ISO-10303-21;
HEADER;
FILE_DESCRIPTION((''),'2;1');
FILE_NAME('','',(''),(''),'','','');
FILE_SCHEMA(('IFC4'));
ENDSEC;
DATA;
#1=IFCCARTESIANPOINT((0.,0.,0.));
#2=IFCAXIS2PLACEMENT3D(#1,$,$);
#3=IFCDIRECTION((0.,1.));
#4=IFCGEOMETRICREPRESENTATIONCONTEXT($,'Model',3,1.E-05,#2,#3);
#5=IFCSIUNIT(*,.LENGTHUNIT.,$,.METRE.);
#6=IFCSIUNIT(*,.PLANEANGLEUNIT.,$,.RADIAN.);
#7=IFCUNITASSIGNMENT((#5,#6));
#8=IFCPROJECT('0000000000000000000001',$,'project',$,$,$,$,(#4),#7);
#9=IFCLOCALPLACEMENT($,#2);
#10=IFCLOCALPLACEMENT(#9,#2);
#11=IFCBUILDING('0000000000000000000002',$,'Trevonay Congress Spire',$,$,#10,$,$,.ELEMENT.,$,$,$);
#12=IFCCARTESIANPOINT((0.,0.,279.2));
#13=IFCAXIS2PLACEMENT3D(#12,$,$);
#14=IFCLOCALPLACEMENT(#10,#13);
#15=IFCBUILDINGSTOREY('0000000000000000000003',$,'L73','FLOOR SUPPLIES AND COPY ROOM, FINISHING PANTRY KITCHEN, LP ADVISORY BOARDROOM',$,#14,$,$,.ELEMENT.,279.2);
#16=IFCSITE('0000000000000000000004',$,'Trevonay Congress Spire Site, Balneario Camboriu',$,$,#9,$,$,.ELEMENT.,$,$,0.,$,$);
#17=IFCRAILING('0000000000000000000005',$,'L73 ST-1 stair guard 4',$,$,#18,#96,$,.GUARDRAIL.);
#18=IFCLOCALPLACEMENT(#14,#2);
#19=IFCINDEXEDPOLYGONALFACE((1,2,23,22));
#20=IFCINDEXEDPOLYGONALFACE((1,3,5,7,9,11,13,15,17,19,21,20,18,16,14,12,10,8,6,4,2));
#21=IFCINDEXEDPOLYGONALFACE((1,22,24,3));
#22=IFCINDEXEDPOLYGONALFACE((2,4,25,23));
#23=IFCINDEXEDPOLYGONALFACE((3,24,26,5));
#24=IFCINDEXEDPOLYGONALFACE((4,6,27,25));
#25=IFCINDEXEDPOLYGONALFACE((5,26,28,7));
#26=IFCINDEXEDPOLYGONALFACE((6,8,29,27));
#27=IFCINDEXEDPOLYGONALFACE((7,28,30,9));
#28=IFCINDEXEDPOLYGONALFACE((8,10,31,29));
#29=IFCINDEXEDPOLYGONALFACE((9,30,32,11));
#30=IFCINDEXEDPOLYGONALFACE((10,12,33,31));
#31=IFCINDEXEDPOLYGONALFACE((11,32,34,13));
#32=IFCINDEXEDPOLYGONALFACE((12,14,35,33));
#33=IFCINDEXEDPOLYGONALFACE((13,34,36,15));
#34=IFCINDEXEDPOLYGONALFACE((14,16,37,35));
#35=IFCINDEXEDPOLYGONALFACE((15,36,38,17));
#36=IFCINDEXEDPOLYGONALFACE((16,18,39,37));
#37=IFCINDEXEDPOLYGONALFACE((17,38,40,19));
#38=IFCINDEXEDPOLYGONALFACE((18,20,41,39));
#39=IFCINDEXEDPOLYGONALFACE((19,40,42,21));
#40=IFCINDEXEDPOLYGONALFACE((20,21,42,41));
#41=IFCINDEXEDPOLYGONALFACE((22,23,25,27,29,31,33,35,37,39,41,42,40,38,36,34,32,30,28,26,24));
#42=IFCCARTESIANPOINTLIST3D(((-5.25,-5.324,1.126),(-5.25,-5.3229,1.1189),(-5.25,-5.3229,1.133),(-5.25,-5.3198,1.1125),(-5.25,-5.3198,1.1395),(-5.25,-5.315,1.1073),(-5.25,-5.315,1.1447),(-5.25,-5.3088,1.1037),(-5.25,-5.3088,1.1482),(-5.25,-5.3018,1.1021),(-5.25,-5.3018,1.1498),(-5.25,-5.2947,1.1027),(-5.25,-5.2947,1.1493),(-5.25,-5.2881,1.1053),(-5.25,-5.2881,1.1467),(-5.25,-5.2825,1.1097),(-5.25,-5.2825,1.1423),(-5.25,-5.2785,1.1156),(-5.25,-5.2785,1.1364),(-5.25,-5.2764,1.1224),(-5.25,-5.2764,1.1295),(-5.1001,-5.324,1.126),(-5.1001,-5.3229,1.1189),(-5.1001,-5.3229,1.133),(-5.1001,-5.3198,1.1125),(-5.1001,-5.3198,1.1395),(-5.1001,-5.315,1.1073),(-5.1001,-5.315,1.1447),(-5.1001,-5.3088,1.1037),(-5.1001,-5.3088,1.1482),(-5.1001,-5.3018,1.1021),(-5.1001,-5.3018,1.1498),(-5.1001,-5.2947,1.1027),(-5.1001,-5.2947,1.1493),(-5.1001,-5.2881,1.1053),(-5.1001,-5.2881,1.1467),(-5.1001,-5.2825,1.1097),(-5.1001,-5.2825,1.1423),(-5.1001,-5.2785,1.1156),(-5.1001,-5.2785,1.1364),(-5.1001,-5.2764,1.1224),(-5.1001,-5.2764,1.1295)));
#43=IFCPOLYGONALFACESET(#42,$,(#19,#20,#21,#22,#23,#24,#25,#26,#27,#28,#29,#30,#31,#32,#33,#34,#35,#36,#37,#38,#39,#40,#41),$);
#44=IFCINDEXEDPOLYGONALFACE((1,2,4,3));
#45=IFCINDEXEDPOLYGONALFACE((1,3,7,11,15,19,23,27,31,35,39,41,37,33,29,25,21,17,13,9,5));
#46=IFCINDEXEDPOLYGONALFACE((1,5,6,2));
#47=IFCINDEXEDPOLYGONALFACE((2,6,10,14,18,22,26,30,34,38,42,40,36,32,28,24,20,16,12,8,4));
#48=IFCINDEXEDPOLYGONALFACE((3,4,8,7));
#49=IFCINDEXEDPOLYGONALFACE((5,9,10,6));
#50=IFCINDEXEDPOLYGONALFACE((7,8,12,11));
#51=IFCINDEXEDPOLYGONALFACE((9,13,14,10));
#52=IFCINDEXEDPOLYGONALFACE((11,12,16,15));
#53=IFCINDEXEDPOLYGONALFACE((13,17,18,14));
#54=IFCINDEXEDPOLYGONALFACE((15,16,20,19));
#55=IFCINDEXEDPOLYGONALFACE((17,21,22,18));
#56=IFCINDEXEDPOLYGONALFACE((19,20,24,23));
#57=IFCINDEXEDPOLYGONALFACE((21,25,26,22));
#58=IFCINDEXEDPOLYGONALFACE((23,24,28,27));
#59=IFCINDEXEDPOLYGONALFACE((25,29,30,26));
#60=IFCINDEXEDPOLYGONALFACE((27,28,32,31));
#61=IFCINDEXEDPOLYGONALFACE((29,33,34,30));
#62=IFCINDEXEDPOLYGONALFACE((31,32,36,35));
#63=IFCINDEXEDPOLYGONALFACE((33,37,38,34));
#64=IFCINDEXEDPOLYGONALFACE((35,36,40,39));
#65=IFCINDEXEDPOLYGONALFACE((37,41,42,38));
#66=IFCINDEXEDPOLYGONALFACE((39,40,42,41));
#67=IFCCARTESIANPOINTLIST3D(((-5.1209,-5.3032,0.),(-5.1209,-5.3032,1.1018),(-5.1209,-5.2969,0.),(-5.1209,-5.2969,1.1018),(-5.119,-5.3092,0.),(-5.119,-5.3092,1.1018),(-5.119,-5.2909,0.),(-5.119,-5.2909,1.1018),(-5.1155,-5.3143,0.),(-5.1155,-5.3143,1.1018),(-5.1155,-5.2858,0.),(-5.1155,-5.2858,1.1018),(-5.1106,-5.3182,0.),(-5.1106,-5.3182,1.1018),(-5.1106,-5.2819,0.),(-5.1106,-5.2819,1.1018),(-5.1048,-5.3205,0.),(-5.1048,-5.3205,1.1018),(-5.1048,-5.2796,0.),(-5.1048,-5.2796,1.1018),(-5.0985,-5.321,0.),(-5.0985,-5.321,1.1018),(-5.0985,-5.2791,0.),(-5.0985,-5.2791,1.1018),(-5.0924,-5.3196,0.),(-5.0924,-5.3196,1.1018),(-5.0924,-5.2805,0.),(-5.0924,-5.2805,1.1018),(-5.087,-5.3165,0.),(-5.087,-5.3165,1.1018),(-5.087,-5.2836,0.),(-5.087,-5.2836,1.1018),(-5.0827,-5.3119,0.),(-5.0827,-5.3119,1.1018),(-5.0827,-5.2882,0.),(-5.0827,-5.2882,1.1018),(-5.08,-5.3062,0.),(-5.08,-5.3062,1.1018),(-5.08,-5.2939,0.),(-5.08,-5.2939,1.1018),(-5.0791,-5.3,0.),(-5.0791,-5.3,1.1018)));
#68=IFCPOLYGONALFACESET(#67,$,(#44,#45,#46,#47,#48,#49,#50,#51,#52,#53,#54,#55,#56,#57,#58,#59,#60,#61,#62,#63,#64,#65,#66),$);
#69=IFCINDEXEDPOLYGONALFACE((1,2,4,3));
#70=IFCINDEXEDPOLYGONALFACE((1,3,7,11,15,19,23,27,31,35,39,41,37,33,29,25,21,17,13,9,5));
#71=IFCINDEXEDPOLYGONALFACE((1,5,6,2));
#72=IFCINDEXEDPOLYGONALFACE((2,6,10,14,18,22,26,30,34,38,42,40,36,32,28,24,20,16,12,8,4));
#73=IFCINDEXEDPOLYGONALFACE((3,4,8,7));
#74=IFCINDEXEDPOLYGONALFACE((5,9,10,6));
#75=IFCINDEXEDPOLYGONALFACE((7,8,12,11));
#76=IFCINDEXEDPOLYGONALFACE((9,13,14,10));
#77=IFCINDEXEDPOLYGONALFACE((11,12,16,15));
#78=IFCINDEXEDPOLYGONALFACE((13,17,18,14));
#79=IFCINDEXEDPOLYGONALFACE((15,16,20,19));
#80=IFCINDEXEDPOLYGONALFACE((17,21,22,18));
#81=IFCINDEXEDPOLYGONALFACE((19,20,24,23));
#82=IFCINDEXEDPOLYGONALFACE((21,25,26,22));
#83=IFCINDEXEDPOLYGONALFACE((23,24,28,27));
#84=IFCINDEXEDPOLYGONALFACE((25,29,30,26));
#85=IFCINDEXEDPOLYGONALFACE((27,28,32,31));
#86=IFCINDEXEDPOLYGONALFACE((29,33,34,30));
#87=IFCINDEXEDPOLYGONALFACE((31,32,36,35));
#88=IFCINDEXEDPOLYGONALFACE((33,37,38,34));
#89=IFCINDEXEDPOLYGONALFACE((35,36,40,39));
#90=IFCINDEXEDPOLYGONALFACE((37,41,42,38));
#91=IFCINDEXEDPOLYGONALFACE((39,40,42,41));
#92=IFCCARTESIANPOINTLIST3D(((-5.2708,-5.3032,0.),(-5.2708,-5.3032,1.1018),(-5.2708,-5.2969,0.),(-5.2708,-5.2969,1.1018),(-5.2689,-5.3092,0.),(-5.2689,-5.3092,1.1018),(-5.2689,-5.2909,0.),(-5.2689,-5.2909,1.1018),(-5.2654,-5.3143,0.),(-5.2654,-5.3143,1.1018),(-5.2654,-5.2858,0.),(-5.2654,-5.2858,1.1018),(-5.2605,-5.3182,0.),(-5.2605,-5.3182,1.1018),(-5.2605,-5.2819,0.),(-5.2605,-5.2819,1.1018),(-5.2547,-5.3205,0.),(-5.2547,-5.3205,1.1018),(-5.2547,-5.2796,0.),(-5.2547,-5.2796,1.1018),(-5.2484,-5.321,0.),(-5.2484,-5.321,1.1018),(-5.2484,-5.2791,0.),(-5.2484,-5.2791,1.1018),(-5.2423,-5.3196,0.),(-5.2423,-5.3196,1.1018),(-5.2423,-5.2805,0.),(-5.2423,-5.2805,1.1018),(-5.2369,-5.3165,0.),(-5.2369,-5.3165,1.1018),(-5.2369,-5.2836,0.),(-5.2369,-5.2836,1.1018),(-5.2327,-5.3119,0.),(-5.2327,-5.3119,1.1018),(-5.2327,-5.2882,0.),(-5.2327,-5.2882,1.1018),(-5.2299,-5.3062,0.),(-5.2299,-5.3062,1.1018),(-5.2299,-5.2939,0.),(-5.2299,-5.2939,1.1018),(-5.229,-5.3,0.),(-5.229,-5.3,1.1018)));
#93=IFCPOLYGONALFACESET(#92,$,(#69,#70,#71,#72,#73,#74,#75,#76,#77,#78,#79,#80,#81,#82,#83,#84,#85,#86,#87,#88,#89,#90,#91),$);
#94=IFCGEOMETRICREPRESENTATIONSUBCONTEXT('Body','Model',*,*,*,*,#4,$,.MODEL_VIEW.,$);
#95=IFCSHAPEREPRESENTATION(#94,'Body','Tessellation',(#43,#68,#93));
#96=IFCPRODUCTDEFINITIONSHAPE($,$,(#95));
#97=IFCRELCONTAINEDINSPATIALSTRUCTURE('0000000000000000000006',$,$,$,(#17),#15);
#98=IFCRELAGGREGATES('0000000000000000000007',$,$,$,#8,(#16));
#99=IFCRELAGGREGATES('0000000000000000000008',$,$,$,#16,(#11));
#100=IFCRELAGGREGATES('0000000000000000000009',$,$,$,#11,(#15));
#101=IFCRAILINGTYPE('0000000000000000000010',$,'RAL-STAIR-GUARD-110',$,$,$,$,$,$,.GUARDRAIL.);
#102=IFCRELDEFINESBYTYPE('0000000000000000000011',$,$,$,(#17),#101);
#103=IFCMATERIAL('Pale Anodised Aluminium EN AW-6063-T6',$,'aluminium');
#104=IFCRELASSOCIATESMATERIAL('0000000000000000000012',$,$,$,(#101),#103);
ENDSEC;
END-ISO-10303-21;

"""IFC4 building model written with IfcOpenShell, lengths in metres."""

from ifc_helpers import new_model, si_unit, direction, frame, origin, origin_2d, place, context, subcontext, project, spatial, circle, extrude, material, type_object, element, save


model = new_model("IFC4")

# Units and contexts
model_context = context("Model", 3, precision=1e-05, world=origin(), true_north=direction((0.0, 1.0)))
body_context = subcontext(model_context, "Body", "Model", "MODEL_VIEW")
ifc_project = project(units=[si_unit("LENGTHUNIT", "METRE"), si_unit("PLANEANGLEUNIT", "RADIAN")], contexts=[model_context])

# Site, building, storey
site_placement = place(None, origin())
site = spatial("IfcSite", under=ifc_project, at=site_placement, Name="Trevonay Congress Spire Site, Balneario Camboriu", CompositionType="ELEMENT", RefElevation=0.0)
building_placement = place(site_placement, origin())
building = spatial("IfcBuilding", under=site, at=building_placement, Name="Trevonay Congress Spire", CompositionType="ELEMENT")
storey_placement = place(building_placement, frame((0.0, 0.0, 279.2)))
storey = spatial("IfcBuildingStorey", under=building, at=storey_placement, Name="L73", Description="FLOOR SUPPLIES AND COPY ROOM, FINISHING PANTRY KITCHEN, LP ADVISORY BOARDROOM", CompositionType="ELEMENT", Elevation=279.2)

# Railing
ifc_material_1 = material(Name="Pale Anodised Aluminium EN AW-6063-T6", Category="aluminium")
railing_type_1 = type_object("IfcRailingType", Name="RAL-STAIR-GUARD-110", PredefinedType="GUARDRAIL", material=ifc_material_1)
railing_1_placement = place(storey_placement, frame((-5.1001, -5.3, 0.0)))
element("IfcRailing", 1, at=railing_1_placement, inside=storey, type_object=railing_type_1, Name="L73 ST-1 stair guard 4", PredefinedType="GUARDRAIL", context=body_context, shape_type="SweptSolid", body=[
    extrude(circle(Radius=0.0239, at=origin_2d()), frame((0.0, 0.0, 1.126), z_axis=(-1.0, 0.0, 0.0), x_axis=(0.0, -1.0, 0.0)), (0.0, 0.0, 1.0), 0.1499),
    extrude(circle(Radius=0.021, at=origin_2d()), origin(), (0.0, 0.0, 1.0), 1.1018),
    extrude(circle(Radius=0.021, at=origin_2d()), frame((-0.1499, 0.0, 0.0)), (0.0, 0.0, 1.0), 1.1018),
])

save(model, "model.ifc")
